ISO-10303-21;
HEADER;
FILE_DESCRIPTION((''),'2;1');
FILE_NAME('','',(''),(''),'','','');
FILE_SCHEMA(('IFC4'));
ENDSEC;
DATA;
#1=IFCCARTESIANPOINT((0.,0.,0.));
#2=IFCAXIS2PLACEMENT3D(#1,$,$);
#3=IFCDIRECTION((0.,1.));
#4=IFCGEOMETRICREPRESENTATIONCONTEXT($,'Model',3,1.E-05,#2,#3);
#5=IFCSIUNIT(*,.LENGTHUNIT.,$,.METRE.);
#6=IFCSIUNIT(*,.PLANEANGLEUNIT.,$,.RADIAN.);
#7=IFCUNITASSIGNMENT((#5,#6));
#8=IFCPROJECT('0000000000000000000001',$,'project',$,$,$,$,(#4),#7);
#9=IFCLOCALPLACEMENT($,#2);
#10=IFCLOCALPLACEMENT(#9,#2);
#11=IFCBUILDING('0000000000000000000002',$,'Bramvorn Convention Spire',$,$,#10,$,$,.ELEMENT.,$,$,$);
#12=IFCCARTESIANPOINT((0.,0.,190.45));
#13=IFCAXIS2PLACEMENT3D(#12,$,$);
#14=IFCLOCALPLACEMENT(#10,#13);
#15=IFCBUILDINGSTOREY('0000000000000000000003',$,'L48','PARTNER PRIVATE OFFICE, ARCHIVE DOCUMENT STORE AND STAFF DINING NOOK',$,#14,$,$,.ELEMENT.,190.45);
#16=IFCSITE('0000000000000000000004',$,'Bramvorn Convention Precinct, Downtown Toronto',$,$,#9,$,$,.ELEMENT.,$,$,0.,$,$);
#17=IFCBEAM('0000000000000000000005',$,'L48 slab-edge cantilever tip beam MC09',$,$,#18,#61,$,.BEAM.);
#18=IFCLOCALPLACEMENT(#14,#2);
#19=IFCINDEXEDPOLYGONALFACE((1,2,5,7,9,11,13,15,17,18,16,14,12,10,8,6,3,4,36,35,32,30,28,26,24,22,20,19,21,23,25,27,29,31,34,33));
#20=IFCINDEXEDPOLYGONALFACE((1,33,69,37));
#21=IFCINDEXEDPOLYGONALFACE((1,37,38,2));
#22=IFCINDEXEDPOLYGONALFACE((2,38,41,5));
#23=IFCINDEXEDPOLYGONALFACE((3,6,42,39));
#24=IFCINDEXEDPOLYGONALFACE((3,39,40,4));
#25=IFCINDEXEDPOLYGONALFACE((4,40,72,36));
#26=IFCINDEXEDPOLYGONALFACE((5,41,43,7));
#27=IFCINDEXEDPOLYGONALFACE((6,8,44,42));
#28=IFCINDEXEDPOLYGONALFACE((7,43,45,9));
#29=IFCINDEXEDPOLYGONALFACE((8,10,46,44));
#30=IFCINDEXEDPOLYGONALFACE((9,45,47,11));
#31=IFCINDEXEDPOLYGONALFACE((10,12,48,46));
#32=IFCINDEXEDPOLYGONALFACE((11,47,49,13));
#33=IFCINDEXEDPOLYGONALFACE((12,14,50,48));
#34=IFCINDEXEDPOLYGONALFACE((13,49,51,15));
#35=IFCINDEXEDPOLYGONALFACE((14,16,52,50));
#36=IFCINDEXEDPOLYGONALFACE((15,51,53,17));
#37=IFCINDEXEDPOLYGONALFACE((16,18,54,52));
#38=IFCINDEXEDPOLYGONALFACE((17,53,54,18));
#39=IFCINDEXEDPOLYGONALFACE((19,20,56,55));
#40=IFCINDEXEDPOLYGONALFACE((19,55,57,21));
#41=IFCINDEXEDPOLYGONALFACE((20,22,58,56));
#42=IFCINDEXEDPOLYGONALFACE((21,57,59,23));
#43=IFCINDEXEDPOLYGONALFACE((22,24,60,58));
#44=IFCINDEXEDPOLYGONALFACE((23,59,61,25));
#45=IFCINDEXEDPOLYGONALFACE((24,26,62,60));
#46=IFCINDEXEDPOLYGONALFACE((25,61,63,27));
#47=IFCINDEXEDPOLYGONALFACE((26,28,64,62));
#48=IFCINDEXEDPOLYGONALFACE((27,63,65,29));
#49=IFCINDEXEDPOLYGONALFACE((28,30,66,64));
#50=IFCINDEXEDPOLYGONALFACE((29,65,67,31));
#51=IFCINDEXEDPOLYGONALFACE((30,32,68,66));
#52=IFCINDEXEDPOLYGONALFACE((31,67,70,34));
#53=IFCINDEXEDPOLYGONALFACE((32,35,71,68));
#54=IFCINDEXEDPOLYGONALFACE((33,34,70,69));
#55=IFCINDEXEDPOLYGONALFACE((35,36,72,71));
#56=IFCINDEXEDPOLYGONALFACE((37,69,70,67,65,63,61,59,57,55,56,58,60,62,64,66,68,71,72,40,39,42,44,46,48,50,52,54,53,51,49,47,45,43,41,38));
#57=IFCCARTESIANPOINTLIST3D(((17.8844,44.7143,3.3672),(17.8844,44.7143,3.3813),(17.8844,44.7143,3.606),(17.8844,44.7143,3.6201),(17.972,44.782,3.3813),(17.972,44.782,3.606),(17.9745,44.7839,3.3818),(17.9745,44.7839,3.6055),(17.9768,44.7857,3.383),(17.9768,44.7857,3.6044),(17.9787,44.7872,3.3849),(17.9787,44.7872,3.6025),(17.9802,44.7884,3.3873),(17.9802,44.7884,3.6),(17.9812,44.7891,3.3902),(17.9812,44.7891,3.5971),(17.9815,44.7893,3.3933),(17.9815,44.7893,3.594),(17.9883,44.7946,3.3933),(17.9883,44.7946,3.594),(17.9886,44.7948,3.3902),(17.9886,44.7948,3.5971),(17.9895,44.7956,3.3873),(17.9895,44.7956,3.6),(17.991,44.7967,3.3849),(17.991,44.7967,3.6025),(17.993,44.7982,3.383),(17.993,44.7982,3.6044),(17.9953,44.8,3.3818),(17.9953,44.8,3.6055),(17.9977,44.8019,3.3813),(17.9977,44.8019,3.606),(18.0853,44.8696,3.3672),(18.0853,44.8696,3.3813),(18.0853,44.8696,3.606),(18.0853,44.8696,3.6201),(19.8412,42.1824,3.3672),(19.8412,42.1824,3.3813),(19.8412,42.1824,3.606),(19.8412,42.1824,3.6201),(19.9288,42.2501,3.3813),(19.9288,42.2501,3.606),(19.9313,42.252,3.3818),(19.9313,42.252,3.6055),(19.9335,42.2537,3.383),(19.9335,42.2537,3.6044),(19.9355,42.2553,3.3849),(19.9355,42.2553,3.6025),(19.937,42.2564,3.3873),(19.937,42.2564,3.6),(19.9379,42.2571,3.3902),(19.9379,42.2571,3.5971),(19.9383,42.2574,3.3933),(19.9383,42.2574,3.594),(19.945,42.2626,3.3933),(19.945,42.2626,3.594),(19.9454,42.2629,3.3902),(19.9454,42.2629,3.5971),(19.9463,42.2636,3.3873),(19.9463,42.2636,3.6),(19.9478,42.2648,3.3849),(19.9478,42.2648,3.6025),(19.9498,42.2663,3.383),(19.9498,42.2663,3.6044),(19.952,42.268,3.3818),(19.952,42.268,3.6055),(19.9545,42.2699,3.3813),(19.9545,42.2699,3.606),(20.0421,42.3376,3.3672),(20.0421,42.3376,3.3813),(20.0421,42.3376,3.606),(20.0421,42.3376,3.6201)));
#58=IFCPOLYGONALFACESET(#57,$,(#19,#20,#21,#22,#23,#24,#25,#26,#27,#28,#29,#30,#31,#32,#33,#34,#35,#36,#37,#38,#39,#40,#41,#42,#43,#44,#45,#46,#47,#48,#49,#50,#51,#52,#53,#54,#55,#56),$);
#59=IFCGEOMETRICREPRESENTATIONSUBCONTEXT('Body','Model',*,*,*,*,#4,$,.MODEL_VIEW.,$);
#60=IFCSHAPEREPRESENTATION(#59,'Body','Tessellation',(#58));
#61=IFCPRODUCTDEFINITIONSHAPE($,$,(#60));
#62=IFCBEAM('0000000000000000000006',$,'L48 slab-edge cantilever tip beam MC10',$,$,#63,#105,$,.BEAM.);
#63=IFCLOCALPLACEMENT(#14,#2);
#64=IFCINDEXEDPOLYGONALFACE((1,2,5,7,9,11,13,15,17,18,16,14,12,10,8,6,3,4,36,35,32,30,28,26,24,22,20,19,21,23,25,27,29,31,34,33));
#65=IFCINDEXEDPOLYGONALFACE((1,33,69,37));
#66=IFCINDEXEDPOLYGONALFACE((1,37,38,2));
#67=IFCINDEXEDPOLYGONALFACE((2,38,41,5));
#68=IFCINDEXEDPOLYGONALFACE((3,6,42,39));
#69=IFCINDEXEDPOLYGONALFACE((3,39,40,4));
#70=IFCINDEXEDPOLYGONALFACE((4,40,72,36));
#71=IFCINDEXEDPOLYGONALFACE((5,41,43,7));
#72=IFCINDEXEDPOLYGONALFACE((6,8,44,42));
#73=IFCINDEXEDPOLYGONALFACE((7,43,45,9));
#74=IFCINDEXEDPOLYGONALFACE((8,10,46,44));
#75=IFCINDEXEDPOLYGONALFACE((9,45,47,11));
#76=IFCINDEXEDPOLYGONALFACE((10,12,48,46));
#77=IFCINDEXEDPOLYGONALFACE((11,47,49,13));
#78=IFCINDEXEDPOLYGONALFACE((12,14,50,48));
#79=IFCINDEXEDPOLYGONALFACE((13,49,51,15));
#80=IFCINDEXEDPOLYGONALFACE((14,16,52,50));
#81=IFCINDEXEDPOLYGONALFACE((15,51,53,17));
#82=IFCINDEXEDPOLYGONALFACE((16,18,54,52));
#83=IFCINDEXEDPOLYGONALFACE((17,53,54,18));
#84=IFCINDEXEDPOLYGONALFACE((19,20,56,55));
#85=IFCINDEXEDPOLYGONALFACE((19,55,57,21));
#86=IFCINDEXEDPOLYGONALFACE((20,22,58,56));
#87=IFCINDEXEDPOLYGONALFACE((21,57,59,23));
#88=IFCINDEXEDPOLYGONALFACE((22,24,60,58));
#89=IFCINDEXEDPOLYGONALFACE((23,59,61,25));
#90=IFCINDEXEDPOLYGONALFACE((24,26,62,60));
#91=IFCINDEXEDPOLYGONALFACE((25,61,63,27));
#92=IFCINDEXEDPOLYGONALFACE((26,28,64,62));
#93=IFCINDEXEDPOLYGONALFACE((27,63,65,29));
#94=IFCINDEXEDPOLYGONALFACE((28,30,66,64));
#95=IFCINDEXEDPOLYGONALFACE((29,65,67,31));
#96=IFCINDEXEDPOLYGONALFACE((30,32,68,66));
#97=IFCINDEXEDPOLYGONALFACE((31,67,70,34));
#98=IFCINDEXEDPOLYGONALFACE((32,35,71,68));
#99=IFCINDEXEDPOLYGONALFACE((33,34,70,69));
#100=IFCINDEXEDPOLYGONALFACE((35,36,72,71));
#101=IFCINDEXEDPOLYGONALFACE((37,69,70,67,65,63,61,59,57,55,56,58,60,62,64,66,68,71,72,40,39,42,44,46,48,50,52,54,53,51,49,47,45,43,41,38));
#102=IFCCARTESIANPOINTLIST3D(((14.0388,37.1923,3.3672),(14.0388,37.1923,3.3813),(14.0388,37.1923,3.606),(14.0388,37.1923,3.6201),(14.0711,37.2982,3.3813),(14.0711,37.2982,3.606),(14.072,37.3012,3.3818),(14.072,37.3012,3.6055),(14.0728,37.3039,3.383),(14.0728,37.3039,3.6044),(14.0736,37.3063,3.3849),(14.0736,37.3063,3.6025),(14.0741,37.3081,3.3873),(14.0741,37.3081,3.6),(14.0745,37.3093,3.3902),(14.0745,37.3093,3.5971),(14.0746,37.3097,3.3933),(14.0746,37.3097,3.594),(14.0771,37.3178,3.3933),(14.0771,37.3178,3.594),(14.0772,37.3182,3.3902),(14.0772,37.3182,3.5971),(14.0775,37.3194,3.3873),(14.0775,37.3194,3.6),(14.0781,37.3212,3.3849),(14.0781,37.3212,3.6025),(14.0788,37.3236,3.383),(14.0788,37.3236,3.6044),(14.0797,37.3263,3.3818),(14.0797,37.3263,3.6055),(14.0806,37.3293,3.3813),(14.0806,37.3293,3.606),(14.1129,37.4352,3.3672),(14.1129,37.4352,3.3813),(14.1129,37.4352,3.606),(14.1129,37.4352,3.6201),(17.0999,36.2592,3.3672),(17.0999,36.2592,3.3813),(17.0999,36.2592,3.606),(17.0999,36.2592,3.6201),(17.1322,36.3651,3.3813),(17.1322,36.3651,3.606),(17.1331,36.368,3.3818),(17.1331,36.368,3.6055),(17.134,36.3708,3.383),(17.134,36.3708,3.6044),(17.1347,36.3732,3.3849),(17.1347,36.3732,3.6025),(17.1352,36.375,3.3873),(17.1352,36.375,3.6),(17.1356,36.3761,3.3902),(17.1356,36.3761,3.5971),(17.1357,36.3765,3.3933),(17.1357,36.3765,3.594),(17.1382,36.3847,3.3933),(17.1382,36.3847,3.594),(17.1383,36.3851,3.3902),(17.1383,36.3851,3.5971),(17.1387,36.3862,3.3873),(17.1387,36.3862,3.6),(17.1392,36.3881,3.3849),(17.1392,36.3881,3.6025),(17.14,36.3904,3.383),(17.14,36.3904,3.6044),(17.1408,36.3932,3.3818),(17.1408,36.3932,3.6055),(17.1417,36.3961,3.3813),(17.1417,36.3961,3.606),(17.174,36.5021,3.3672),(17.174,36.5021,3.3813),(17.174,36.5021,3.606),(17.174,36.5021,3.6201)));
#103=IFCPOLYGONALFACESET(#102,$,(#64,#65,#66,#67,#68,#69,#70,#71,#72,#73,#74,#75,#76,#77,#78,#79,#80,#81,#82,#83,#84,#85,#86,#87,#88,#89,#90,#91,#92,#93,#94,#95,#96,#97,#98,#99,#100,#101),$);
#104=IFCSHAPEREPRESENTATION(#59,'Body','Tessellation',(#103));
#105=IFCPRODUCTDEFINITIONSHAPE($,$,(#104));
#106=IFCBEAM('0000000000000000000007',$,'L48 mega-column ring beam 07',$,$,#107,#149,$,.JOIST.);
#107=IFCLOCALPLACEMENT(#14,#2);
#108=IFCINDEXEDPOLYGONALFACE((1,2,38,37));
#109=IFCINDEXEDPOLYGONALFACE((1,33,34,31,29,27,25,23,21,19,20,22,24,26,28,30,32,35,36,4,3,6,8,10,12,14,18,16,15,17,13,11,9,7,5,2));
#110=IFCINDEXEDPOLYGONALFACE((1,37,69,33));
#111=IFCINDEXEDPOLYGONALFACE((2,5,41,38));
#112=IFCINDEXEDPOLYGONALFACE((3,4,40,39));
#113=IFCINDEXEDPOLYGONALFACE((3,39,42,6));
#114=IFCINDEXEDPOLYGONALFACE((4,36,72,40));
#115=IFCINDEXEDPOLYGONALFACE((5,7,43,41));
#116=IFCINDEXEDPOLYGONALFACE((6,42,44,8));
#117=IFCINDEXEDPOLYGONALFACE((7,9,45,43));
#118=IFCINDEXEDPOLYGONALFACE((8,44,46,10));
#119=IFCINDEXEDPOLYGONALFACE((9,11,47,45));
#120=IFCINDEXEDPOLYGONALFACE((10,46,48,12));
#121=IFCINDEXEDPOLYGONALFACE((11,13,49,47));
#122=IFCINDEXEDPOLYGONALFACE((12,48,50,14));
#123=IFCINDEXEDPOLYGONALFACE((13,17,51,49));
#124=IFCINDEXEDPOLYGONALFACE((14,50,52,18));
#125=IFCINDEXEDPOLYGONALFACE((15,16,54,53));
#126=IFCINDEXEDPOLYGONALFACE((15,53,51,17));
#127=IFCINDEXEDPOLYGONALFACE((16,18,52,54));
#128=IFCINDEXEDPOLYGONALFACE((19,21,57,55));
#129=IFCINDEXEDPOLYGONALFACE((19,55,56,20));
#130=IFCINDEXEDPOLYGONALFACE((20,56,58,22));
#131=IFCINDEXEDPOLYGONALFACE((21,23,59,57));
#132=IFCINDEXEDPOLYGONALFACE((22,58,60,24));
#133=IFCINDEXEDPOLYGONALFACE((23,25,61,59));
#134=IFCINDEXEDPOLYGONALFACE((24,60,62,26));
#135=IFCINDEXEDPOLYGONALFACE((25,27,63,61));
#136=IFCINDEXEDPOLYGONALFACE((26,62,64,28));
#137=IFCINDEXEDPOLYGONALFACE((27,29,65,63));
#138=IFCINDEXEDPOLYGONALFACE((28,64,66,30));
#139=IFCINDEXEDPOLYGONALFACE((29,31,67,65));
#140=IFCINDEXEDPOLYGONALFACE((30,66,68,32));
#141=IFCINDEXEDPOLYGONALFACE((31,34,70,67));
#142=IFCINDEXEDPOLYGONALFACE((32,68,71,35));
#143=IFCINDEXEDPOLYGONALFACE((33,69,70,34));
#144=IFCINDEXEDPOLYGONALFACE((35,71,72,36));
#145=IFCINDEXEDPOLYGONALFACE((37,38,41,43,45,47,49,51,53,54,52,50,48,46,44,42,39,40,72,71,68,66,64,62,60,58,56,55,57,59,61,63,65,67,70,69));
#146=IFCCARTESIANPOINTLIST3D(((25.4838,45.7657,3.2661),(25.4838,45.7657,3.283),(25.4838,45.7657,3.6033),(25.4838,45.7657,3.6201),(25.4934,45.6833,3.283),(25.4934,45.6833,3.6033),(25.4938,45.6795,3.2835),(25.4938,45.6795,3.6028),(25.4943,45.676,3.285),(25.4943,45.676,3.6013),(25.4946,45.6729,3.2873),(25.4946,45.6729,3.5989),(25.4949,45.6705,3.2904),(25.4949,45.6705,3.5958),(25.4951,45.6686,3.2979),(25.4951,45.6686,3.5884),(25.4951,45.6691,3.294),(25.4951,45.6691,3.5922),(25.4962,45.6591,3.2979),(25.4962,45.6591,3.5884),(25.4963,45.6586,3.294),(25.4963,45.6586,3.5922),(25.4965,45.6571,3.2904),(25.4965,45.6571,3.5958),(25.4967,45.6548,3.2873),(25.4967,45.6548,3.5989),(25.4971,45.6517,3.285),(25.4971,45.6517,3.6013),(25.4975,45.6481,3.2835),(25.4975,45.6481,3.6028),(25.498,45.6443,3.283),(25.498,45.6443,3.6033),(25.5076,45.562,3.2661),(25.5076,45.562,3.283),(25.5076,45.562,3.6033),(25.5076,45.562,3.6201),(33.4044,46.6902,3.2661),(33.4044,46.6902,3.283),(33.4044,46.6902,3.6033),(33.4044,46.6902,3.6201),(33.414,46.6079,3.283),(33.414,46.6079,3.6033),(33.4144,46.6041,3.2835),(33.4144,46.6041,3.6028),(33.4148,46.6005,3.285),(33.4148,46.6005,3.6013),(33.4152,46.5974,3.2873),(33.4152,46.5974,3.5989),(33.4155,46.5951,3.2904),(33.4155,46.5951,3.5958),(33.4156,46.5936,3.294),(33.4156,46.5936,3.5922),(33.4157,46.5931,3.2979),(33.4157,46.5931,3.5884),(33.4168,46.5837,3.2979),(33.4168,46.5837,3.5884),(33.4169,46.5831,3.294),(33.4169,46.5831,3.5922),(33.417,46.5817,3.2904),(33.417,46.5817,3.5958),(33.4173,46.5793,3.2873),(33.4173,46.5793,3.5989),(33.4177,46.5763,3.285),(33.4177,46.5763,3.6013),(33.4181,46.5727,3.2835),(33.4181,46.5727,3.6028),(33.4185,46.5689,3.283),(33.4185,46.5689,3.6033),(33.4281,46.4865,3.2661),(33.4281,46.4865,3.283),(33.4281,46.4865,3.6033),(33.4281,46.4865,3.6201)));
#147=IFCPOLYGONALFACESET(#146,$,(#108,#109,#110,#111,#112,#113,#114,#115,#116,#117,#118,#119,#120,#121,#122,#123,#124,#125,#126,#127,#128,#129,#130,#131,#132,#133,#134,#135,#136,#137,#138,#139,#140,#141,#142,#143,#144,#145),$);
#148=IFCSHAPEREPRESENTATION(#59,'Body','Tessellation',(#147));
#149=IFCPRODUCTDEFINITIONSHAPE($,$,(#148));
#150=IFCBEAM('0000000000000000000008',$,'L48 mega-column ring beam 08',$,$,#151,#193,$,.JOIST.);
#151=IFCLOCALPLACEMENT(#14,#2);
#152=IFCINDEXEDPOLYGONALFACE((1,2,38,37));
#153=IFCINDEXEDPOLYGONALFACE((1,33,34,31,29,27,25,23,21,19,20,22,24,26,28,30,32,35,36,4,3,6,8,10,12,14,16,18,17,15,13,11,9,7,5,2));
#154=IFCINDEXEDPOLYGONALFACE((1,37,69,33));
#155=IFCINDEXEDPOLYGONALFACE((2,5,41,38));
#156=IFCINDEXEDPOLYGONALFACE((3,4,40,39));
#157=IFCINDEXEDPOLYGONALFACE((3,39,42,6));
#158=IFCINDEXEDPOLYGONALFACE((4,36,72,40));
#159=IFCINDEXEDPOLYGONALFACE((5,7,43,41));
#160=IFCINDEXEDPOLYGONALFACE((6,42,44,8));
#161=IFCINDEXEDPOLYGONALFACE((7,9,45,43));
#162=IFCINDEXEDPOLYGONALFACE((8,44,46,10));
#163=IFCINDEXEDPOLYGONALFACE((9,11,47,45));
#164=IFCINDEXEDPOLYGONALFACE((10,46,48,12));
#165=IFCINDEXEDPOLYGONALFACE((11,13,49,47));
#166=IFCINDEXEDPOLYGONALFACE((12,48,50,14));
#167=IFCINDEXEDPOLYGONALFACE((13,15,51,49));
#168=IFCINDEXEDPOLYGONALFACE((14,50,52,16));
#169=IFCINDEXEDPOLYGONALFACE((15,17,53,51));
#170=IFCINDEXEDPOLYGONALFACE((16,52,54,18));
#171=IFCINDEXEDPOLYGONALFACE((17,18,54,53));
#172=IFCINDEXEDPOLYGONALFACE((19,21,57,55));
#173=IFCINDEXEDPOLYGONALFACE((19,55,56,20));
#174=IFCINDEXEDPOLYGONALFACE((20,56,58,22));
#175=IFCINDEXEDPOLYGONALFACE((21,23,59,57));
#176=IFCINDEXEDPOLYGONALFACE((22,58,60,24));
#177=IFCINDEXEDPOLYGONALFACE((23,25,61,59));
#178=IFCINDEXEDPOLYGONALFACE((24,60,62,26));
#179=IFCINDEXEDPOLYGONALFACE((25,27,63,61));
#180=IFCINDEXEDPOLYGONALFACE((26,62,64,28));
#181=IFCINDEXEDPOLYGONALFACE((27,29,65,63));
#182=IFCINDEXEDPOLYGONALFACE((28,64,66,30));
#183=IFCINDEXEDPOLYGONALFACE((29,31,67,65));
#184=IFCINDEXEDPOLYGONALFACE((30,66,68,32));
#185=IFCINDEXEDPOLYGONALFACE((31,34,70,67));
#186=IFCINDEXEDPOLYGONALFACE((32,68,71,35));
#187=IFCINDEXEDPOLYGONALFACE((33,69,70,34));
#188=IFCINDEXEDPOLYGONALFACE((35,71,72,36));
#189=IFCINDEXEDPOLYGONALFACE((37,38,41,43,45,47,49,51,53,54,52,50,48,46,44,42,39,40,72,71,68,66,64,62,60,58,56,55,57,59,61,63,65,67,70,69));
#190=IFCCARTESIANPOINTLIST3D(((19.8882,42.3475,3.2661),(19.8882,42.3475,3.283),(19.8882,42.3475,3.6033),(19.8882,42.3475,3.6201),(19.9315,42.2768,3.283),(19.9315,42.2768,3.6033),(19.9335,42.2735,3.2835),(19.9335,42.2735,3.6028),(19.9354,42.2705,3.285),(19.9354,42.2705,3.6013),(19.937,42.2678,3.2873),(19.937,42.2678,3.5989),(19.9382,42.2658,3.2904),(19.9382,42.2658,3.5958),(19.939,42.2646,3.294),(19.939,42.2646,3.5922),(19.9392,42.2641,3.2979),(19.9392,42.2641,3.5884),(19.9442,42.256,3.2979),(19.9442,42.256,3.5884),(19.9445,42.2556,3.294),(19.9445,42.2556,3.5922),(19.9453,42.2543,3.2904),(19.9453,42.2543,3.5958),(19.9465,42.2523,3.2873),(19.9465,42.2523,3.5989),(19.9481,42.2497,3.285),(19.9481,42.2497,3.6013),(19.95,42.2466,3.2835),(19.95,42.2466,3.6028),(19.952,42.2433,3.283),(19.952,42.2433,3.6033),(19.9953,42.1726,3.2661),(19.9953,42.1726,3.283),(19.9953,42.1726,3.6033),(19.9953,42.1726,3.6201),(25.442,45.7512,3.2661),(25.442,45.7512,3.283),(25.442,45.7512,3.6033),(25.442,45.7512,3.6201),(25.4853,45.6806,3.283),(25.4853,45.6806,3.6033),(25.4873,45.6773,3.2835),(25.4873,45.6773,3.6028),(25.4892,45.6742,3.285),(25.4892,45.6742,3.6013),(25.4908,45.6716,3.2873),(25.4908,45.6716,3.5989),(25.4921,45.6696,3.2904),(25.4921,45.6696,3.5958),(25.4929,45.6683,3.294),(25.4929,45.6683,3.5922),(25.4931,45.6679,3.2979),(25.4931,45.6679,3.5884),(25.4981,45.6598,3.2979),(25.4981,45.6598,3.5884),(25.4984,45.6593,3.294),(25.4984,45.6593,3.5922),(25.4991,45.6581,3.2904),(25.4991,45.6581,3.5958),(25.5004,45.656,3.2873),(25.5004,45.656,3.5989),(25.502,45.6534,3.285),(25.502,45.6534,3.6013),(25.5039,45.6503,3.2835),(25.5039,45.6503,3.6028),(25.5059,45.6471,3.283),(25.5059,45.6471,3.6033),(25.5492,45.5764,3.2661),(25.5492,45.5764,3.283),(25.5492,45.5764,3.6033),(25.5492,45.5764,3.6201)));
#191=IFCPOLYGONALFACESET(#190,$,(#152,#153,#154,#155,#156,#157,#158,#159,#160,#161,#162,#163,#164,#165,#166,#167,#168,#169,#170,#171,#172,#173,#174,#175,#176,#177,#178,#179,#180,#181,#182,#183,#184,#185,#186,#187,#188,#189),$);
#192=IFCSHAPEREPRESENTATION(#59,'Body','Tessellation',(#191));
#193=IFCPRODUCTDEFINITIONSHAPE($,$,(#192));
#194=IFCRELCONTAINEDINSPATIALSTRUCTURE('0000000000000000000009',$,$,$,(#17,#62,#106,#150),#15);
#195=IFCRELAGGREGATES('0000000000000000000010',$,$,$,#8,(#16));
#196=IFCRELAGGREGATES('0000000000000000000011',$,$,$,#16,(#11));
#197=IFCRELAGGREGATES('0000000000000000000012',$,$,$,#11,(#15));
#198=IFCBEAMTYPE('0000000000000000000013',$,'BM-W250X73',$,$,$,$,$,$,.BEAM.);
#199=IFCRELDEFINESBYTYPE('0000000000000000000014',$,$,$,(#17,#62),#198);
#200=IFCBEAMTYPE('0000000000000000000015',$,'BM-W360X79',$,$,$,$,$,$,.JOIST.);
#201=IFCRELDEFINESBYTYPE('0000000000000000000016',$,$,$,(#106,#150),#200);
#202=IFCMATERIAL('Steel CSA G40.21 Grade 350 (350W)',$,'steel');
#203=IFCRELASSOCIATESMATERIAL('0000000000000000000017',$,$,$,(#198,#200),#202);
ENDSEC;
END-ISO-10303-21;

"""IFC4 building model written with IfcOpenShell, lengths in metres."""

from ifc_helpers import new_model, si_unit, direction, frame, origin, origin_2d, place, context, subcontext, project, spatial, i_section, extrude, material, material_profile, profile_set, type_object, element, save


model = new_model("IFC4")

# Units and contexts
model_context = context("Model", 3, precision=1e-05, world=origin(), true_north=direction((0.0, 1.0)))
body_context = subcontext(model_context, "Body", "Model", "MODEL_VIEW")
ifc_project = project(units=[si_unit("LENGTHUNIT", "METRE"), si_unit("PLANEANGLEUNIT", "RADIAN")], contexts=[model_context])

# Site, building, storey
site_placement = place(None, origin())
site = spatial("IfcSite", under=ifc_project, at=site_placement, Name="Bramvorn Convention Precinct, Downtown Toronto", CompositionType="ELEMENT", RefElevation=0.0)
building_placement = place(site_placement, origin())
building = spatial("IfcBuilding", under=site, at=building_placement, Name="Bramvorn Convention Spire", CompositionType="ELEMENT")
storey_placement = place(building_placement, frame((0.0, 0.0, 190.45)))
storey = spatial("IfcBuildingStorey", under=building, at=storey_placement, Name="L48", Description="PARTNER PRIVATE OFFICE, ARCHIVE DOCUMENT STORE AND STAFF DINING NOOK", CompositionType="ELEMENT", Elevation=190.45)

# Shared definitions
ifc_material_1 = material(Name="Steel CSA G40.21 Grade 350 (350W)", Category="steel")

# Beams
ifc_material_profile_1 = material_profile(ifc_material_1, i_section(OverallWidth=0.2539, OverallDepth=0.2529, WebThickness=0.0085, FlangeThickness=0.0142, FilletRadius=0.012, at=origin_2d()))
ifc_profile_set_1 = profile_set([ifc_material_profile_1], Name="Steel CSA G40.21 Grade 350 (350W) - W250X73")
beam_type_1 = type_object("IfcBeamType", Name="BM-W250X73", PredefinedType="BEAM", material=ifc_profile_set_1)
beam_1_placement = place(storey_placement, frame((19.9417, 42.26, 3.4937), z_axis=(-0.611497, 0.791246, 0.0), x_axis=(-0.791246, -0.611497, 0.0)))
element("IfcBeam", 1, at=beam_1_placement, inside=storey, type_object=beam_type_1, Name="L48 slab-edge cantilever tip beam MC09", PredefinedType="BEAM", context=body_context, shape_type="SweptSolid", body=[
    extrude(i_section(OverallWidth=0.2539, OverallDepth=0.2529, WebThickness=0.0085, FlangeThickness=0.0142, FilletRadius=0.012, at=origin_2d()), origin(), (0.0, 0.0, 1.0), 3.2),
])
beam_2_placement = place(storey_placement, frame((17.137, 36.3806, 3.4937), z_axis=(-0.956544, 0.291587, 0.0), x_axis=(-0.291587, -0.956544, 0.0)))
element("IfcBeam", 2, at=beam_2_placement, inside=storey, type_object=beam_type_1, Name="L48 slab-edge cantilever tip beam MC10", PredefinedType="BEAM", context=body_context, shape_type="SweptSolid", body=[
    extrude(i_section(OverallWidth=0.2539, OverallDepth=0.2529, WebThickness=0.0085, FlangeThickness=0.0142, FilletRadius=0.012, at=origin_2d()), origin(), (0.0, 0.0, 1.0), 3.2002),
])
ifc_material_profile_2 = material_profile(ifc_material_1, i_section(OverallWidth=0.2051, OverallDepth=0.354, WebThickness=0.0095, FlangeThickness=0.0168, FilletRadius=0.0149, at=origin_2d()))
ifc_profile_set_2 = profile_set([ifc_material_profile_2], Name="Steel CSA G40.21 Grade 350 (350W) - W360X79")
beam_type_2 = type_object("IfcBeamType", Name="BM-W360X79", PredefinedType="JOIST", material=ifc_profile_set_2)
beam_3_placement = place(storey_placement, frame((33.4163, 46.5884, 3.4431), z_axis=(-0.993256, -0.115941, 0.0), x_axis=(0.115941, -0.993256, 0.0)))
element("IfcBeam", 3, at=beam_3_placement, inside=storey, type_object=beam_type_2, Name="L48 mega-column ring beam 07", PredefinedType="JOIST", context=body_context, shape_type="SweptSolid", body=[
    extrude(i_section(OverallWidth=0.2051, OverallDepth=0.354, WebThickness=0.0095, FlangeThickness=0.0168, FilletRadius=0.0149, at=origin_2d()), origin(), (0.0, 0.0, 1.0), 7.9744),
])
beam_4_placement = place(storey_placement, frame((25.4956, 45.6638, 3.4431), z_axis=(-0.852617, -0.522537, 0.0), x_axis=(0.522537, -0.852617, 0.0)))
element("IfcBeam", 4, at=beam_4_placement, inside=storey, type_object=beam_type_2, Name="L48 mega-column ring beam 08", PredefinedType="JOIST", context=body_context, shape_type="SweptSolid", body=[
    extrude(i_section(OverallWidth=0.2051, OverallDepth=0.354, WebThickness=0.0095, FlangeThickness=0.0168, FilletRadius=0.0149, at=origin_2d()), origin(), (0.0, 0.0, 1.0), 6.5139),
])

save(model, "model.ifc")
